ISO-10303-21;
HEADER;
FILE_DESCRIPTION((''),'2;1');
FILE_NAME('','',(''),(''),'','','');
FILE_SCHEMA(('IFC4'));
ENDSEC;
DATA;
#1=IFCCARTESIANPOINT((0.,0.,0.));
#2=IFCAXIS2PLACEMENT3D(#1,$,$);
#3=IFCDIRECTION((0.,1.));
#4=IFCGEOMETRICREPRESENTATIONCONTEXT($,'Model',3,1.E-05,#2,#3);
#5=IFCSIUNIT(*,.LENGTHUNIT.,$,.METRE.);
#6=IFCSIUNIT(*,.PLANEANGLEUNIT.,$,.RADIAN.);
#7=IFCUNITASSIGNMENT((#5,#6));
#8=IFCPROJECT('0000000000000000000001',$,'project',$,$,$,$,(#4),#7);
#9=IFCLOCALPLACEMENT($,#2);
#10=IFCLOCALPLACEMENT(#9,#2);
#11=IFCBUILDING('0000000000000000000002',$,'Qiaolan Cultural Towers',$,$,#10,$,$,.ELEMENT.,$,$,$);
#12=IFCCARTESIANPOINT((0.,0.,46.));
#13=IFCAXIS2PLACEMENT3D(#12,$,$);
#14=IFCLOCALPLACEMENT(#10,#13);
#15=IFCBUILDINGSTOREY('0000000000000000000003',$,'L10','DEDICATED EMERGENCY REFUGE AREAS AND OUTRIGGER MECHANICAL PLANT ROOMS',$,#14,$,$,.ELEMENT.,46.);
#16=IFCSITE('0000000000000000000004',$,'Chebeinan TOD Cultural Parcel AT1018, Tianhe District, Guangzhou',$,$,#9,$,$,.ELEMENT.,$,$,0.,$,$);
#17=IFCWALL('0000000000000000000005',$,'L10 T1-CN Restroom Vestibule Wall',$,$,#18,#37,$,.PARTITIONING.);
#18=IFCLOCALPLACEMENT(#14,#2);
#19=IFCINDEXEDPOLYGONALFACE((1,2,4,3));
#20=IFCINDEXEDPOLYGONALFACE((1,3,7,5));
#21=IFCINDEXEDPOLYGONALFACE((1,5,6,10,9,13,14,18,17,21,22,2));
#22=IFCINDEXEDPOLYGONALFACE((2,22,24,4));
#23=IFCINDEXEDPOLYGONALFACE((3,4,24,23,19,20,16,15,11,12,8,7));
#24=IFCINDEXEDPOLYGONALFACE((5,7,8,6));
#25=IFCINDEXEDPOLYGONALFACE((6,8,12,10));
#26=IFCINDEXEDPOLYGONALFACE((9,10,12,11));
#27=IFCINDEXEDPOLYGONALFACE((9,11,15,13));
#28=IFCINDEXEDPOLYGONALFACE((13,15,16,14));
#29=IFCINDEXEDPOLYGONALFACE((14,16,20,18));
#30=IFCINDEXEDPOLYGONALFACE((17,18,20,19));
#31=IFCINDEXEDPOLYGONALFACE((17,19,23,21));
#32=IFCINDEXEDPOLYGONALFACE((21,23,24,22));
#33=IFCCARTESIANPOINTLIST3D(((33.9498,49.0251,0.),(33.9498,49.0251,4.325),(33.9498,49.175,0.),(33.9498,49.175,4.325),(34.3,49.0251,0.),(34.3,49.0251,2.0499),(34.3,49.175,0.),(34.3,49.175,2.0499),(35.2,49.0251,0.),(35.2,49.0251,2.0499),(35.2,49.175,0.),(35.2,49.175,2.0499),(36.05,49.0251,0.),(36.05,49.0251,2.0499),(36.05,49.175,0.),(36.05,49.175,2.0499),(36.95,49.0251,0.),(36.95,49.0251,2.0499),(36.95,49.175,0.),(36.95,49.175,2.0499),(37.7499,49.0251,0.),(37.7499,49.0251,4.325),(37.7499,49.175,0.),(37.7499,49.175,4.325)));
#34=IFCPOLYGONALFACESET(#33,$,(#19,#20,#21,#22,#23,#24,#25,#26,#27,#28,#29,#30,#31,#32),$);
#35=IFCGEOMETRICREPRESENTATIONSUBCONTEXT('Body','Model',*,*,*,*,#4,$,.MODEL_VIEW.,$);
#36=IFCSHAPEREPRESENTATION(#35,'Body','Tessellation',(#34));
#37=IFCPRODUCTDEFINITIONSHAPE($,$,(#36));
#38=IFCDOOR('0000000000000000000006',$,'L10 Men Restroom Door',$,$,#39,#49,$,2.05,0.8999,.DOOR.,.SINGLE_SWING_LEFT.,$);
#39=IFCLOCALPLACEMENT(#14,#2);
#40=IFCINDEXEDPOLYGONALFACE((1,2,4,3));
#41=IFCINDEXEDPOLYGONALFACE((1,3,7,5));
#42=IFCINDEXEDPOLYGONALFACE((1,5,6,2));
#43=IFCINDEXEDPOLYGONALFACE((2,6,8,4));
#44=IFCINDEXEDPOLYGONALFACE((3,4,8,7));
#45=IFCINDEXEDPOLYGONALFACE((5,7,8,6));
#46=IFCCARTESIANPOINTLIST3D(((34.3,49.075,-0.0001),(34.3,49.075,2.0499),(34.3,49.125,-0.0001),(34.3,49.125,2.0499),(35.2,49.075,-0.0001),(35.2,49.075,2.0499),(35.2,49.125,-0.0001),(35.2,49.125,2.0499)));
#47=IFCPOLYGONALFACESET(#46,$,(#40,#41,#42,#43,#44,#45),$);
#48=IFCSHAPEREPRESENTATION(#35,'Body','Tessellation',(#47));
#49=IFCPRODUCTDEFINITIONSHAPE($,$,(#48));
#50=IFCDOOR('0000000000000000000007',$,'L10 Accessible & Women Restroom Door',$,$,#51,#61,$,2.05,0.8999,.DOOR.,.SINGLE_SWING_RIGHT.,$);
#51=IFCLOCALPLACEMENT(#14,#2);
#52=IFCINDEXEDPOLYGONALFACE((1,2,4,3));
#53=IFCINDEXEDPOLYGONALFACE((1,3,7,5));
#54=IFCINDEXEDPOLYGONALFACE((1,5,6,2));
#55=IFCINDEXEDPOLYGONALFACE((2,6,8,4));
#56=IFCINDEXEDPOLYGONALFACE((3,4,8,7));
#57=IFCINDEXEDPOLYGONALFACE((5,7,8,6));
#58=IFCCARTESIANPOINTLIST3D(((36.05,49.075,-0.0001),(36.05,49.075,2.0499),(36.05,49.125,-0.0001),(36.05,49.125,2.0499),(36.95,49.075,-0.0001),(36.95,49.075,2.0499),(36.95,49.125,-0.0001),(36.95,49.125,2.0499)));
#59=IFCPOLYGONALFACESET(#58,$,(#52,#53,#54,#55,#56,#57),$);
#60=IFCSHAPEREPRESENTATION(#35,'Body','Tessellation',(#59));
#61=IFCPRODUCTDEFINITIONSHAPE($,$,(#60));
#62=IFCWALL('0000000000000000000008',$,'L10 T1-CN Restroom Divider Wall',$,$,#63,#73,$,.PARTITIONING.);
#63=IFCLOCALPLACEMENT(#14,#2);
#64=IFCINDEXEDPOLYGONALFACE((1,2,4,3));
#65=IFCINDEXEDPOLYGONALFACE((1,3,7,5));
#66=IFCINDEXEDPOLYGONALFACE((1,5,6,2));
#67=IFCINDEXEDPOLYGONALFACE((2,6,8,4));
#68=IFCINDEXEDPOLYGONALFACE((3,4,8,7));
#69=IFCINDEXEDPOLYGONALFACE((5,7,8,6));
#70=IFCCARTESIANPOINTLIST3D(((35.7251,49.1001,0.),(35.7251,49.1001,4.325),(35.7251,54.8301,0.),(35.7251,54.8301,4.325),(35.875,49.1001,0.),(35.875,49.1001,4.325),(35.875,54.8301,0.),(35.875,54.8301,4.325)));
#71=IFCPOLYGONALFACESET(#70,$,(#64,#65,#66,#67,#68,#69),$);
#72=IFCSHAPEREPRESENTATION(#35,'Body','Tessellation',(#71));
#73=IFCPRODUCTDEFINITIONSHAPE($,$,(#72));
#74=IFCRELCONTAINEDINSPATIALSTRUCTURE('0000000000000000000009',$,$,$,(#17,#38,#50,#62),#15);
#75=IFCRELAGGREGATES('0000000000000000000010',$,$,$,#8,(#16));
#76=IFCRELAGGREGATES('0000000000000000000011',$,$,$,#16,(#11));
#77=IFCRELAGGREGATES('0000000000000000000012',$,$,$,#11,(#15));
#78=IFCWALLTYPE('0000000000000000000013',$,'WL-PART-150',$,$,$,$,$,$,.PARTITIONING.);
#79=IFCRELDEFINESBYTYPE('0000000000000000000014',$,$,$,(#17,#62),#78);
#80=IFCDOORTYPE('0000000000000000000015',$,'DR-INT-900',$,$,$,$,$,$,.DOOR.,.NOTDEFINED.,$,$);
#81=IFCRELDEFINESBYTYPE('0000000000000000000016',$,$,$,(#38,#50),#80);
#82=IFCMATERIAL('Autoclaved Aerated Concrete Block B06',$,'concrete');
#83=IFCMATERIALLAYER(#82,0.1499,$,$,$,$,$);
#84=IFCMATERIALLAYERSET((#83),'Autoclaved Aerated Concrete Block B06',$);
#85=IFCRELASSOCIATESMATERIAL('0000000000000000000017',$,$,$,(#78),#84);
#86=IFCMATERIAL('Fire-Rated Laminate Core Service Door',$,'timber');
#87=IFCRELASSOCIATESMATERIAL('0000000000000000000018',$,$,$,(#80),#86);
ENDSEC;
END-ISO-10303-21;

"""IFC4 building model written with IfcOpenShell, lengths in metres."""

from ifc_helpers import new_model, si_unit, direction, frame, frame_2d, origin, place, context, subcontext, project, spatial, rectangle, extrude, material, layer, layer_set, type_object, element, fill, save


model = new_model("IFC4")

# Units and contexts
model_context = context("Model", 3, precision=1e-05, world=origin(), true_north=direction((0.0, 1.0)))
body_context = subcontext(model_context, "Body", "Model", "MODEL_VIEW")
ifc_project = project(units=[si_unit("LENGTHUNIT", "METRE"), si_unit("PLANEANGLEUNIT", "RADIAN")], contexts=[model_context])

# Site, building, storey
site_placement = place(None, origin())
site = spatial("IfcSite", under=ifc_project, at=site_placement, Name="Chebeinan TOD Cultural Parcel AT1018, Tianhe District, Guangzhou", CompositionType="ELEMENT", RefElevation=0.0)
building_placement = place(site_placement, origin())
building = spatial("IfcBuilding", under=site, at=building_placement, Name="Qiaolan Cultural Towers", CompositionType="ELEMENT")
storey_placement = place(building_placement, frame((0.0, 0.0, 46.0)))
storey = spatial("IfcBuildingStorey", under=building, at=storey_placement, Name="L10", Description="DEDICATED EMERGENCY REFUGE AREAS AND OUTRIGGER MECHANICAL PLANT ROOMS", CompositionType="ELEMENT", Elevation=46.0)

# Shared definitions
ifc_material_1 = material(Name="Autoclaved Aerated Concrete Block B06", Category="concrete")
ifc_layer_1 = layer(ifc_material_1, 0.1499)
ifc_layer_set_1 = layer_set([ifc_layer_1], Name="Autoclaved Aerated Concrete Block B06")
wall_type_1 = type_object("IfcWallType", Name="WL-PART-150", PredefinedType="PARTITIONING", material=ifc_layer_set_1)

# Wall, openings, doors
wall_1_placement = place(storey_placement, frame((33.95, 49.1001, 0.0), z_axis=(0.0, 0.0, 1.0), x_axis=(1.0, 0.0, 0.0)))
wall_1 = element("IfcWall", 1, at=wall_1_placement, inside=storey, type_object=wall_type_1, Name="L10 T1-CN Restroom Vestibule Wall", PredefinedType="PARTITIONING", context=body_context, shape_type="SweptSolid", body=[
    extrude(rectangle(XDim=3.8, YDim=0.1499, at=frame_2d((1.8999, 0.0))), origin(), (0.0, 0.0, 1.0), 4.325),
])
opening_1_placement = place(wall_1_placement, frame((0.3501, 0.0, 0.0)))
opening_1 = element("IfcOpeningElement", 2, at=opening_1_placement, cuts=wall_1, PredefinedType="OPENING", context=body_context, shape_type="SweptSolid", body=[
    extrude(rectangle(XDim=0.8999, YDim=2.05, at=frame_2d((0.45, 1.0249))), frame((0.0, 0.085, 0.0), z_axis=(0.0, -1.0, 0.0), x_axis=(1.0, 0.0, 0.0)), (0.0, 0.0, 1.0), 0.1699),
])
opening_2_placement = place(wall_1_placement, frame((2.1001, 0.0, 0.0)))
opening_2 = element("IfcOpeningElement", 3, at=opening_2_placement, cuts=wall_1, PredefinedType="OPENING", context=body_context, shape_type="SweptSolid", body=[
    extrude(rectangle(XDim=0.8999, YDim=2.05, at=frame_2d((0.45, 1.0249))), frame((0.0, 0.085, 0.0), z_axis=(0.0, -1.0, 0.0), x_axis=(1.0, 0.0, 0.0)), (0.0, 0.0, 1.0), 0.1699),
])
ifc_material_2 = material(Name="Fire-Rated Laminate Core Service Door", Category="timber")
door_type_1 = type_object("IfcDoorType", Name="DR-INT-900", OperationType="NOTDEFINED", PredefinedType="DOOR", material=ifc_material_2)
door_1_placement = place(opening_1_placement, origin())
door_1 = element("IfcDoor", 4, at=door_1_placement, inside=storey, type_object=door_type_1, Name="L10 Men Restroom Door", OperationType="SINGLE_SWING_LEFT", OverallHeight=2.05, OverallWidth=0.8999, PredefinedType="DOOR", context=body_context, shape_type="SweptSolid", body=[
    extrude(rectangle(XDim=0.8999, YDim=2.05, at=frame_2d((0.45, 1.0249))), frame((0.0, 0.0249, 0.0), z_axis=(0.0, -1.0, 0.0), x_axis=(1.0, 0.0, 0.0)), (0.0, 0.0, 1.0), 0.05),
])
fill(opening_1, door_1)
door_2_placement = place(opening_2_placement, origin())
door_2 = element("IfcDoor", 5, at=door_2_placement, inside=storey, type_object=door_type_1, Name="L10 Accessible & Women Restroom Door", OperationType="SINGLE_SWING_RIGHT", OverallHeight=2.05, OverallWidth=0.8999, PredefinedType="DOOR", context=body_context, shape_type="SweptSolid", body=[
    extrude(rectangle(XDim=0.8999, YDim=2.05, at=frame_2d((0.45, 1.0249))), frame((0.0, 0.0249, 0.0), z_axis=(0.0, -1.0, 0.0), x_axis=(1.0, 0.0, 0.0)), (0.0, 0.0, 1.0), 0.05),
])
fill(opening_2, door_2)

# Wall
wall_2_placement = place(storey_placement, frame((35.8, 49.1001, 0.0), z_axis=(0.0, 0.0, 1.0), x_axis=(0.0, 1.0, 0.0)))
element("IfcWall", 6, at=wall_2_placement, inside=storey, type_object=wall_type_1, Name="L10 T1-CN Restroom Divider Wall", PredefinedType="PARTITIONING", context=body_context, shape_type="SweptSolid", body=[
    extrude(rectangle(XDim=5.73, YDim=0.1499, at=frame_2d((2.865, 0.0))), origin(), (0.0, 0.0, 1.0), 4.325),
])

save(model, "model.ifc")
